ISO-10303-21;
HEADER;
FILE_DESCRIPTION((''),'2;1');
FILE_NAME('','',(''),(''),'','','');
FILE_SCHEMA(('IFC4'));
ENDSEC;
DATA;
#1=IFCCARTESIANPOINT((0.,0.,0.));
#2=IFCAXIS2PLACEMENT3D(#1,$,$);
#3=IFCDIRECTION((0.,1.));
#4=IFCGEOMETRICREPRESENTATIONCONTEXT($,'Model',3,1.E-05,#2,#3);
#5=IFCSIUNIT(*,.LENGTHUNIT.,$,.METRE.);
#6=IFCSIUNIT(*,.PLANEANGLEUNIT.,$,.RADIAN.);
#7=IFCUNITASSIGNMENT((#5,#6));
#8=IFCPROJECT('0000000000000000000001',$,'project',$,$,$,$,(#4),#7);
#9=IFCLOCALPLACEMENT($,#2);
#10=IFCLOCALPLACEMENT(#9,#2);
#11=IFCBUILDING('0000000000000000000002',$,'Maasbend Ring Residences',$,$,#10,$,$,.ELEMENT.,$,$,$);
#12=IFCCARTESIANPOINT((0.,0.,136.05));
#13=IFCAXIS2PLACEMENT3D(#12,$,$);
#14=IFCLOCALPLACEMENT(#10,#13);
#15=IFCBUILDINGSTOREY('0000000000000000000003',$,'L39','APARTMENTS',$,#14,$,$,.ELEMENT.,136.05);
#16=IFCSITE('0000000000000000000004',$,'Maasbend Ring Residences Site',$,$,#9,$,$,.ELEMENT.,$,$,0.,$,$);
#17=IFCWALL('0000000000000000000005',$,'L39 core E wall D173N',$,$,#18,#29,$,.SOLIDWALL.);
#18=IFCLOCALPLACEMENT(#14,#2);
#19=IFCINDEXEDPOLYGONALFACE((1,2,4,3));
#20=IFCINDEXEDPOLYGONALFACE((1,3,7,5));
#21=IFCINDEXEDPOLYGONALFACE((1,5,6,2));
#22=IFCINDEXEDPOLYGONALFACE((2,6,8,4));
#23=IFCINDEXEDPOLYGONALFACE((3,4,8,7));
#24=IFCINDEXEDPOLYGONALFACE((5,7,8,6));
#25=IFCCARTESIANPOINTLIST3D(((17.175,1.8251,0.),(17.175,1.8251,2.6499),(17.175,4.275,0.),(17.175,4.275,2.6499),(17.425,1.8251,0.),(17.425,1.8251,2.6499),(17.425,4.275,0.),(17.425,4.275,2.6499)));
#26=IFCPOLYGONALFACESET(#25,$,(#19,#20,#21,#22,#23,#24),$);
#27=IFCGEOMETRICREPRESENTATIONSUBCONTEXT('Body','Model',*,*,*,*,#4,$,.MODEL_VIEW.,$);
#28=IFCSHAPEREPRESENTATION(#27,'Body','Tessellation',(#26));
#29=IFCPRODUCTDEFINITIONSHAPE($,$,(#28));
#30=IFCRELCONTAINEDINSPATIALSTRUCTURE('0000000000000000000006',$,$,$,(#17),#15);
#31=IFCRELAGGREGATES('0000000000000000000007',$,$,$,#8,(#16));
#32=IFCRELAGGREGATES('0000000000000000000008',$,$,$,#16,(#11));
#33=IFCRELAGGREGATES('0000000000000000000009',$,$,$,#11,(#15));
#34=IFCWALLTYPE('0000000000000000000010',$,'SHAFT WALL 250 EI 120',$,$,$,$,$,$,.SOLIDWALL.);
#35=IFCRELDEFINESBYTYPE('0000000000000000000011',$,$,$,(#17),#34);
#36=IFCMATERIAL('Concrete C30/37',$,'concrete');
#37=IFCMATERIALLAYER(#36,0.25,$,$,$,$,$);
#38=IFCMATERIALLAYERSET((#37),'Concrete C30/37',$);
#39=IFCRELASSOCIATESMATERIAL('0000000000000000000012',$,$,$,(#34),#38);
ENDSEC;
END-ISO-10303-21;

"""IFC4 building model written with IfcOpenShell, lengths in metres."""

from ifc_helpers import new_model, si_unit, direction, frame, frame_2d, origin, place, context, subcontext, project, spatial, rectangle, extrude, material, layer, layer_set, type_object, element, save


model = new_model("IFC4")

# Units and contexts
model_context = context("Model", 3, precision=1e-05, world=origin(), true_north=direction((0.0, 1.0)))
body_context = subcontext(model_context, "Body", "Model", "MODEL_VIEW")
ifc_project = project(units=[si_unit("LENGTHUNIT", "METRE"), si_unit("PLANEANGLEUNIT", "RADIAN")], contexts=[model_context])

# Site, building, storey
site_placement = place(None, origin())
site = spatial("IfcSite", under=ifc_project, at=site_placement, Name="Maasbend Ring Residences Site", CompositionType="ELEMENT", RefElevation=0.0)
building_placement = place(site_placement, origin())
building = spatial("IfcBuilding", under=site, at=building_placement, Name="Maasbend Ring Residences", CompositionType="ELEMENT")
storey_placement = place(building_placement, frame((0.0, 0.0, 136.05)))
storey = spatial("IfcBuildingStorey", under=building, at=storey_placement, Name="L39", Description="APARTMENTS", CompositionType="ELEMENT", Elevation=136.05)

# Wall
ifc_material_1 = material(Name="Concrete C30/37", Category="concrete")
ifc_layer_1 = layer(ifc_material_1, 0.25)
ifc_layer_set_1 = layer_set([ifc_layer_1], Name="Concrete C30/37")
wall_type_1 = type_object("IfcWallType", Name="SHAFT WALL 250 EI 120", PredefinedType="SOLIDWALL", material=ifc_layer_set_1)
wall_1_placement = place(storey_placement, frame((17.3, 1.825, 0.0), z_axis=(0.0, 0.0, 1.0), x_axis=(0.0, 1.0, 0.0)))
element("IfcWall", 1, at=wall_1_placement, inside=storey, type_object=wall_type_1, Name="L39 core E wall D173N", PredefinedType="SOLIDWALL", context=body_context, shape_type="SweptSolid", body=[
    extrude(rectangle(XDim=2.45, YDim=0.25, at=frame_2d((1.2251, 0.0))), origin(), (0.0, 0.0, 1.0), 2.6499),
])

save(model, "model.ifc")
